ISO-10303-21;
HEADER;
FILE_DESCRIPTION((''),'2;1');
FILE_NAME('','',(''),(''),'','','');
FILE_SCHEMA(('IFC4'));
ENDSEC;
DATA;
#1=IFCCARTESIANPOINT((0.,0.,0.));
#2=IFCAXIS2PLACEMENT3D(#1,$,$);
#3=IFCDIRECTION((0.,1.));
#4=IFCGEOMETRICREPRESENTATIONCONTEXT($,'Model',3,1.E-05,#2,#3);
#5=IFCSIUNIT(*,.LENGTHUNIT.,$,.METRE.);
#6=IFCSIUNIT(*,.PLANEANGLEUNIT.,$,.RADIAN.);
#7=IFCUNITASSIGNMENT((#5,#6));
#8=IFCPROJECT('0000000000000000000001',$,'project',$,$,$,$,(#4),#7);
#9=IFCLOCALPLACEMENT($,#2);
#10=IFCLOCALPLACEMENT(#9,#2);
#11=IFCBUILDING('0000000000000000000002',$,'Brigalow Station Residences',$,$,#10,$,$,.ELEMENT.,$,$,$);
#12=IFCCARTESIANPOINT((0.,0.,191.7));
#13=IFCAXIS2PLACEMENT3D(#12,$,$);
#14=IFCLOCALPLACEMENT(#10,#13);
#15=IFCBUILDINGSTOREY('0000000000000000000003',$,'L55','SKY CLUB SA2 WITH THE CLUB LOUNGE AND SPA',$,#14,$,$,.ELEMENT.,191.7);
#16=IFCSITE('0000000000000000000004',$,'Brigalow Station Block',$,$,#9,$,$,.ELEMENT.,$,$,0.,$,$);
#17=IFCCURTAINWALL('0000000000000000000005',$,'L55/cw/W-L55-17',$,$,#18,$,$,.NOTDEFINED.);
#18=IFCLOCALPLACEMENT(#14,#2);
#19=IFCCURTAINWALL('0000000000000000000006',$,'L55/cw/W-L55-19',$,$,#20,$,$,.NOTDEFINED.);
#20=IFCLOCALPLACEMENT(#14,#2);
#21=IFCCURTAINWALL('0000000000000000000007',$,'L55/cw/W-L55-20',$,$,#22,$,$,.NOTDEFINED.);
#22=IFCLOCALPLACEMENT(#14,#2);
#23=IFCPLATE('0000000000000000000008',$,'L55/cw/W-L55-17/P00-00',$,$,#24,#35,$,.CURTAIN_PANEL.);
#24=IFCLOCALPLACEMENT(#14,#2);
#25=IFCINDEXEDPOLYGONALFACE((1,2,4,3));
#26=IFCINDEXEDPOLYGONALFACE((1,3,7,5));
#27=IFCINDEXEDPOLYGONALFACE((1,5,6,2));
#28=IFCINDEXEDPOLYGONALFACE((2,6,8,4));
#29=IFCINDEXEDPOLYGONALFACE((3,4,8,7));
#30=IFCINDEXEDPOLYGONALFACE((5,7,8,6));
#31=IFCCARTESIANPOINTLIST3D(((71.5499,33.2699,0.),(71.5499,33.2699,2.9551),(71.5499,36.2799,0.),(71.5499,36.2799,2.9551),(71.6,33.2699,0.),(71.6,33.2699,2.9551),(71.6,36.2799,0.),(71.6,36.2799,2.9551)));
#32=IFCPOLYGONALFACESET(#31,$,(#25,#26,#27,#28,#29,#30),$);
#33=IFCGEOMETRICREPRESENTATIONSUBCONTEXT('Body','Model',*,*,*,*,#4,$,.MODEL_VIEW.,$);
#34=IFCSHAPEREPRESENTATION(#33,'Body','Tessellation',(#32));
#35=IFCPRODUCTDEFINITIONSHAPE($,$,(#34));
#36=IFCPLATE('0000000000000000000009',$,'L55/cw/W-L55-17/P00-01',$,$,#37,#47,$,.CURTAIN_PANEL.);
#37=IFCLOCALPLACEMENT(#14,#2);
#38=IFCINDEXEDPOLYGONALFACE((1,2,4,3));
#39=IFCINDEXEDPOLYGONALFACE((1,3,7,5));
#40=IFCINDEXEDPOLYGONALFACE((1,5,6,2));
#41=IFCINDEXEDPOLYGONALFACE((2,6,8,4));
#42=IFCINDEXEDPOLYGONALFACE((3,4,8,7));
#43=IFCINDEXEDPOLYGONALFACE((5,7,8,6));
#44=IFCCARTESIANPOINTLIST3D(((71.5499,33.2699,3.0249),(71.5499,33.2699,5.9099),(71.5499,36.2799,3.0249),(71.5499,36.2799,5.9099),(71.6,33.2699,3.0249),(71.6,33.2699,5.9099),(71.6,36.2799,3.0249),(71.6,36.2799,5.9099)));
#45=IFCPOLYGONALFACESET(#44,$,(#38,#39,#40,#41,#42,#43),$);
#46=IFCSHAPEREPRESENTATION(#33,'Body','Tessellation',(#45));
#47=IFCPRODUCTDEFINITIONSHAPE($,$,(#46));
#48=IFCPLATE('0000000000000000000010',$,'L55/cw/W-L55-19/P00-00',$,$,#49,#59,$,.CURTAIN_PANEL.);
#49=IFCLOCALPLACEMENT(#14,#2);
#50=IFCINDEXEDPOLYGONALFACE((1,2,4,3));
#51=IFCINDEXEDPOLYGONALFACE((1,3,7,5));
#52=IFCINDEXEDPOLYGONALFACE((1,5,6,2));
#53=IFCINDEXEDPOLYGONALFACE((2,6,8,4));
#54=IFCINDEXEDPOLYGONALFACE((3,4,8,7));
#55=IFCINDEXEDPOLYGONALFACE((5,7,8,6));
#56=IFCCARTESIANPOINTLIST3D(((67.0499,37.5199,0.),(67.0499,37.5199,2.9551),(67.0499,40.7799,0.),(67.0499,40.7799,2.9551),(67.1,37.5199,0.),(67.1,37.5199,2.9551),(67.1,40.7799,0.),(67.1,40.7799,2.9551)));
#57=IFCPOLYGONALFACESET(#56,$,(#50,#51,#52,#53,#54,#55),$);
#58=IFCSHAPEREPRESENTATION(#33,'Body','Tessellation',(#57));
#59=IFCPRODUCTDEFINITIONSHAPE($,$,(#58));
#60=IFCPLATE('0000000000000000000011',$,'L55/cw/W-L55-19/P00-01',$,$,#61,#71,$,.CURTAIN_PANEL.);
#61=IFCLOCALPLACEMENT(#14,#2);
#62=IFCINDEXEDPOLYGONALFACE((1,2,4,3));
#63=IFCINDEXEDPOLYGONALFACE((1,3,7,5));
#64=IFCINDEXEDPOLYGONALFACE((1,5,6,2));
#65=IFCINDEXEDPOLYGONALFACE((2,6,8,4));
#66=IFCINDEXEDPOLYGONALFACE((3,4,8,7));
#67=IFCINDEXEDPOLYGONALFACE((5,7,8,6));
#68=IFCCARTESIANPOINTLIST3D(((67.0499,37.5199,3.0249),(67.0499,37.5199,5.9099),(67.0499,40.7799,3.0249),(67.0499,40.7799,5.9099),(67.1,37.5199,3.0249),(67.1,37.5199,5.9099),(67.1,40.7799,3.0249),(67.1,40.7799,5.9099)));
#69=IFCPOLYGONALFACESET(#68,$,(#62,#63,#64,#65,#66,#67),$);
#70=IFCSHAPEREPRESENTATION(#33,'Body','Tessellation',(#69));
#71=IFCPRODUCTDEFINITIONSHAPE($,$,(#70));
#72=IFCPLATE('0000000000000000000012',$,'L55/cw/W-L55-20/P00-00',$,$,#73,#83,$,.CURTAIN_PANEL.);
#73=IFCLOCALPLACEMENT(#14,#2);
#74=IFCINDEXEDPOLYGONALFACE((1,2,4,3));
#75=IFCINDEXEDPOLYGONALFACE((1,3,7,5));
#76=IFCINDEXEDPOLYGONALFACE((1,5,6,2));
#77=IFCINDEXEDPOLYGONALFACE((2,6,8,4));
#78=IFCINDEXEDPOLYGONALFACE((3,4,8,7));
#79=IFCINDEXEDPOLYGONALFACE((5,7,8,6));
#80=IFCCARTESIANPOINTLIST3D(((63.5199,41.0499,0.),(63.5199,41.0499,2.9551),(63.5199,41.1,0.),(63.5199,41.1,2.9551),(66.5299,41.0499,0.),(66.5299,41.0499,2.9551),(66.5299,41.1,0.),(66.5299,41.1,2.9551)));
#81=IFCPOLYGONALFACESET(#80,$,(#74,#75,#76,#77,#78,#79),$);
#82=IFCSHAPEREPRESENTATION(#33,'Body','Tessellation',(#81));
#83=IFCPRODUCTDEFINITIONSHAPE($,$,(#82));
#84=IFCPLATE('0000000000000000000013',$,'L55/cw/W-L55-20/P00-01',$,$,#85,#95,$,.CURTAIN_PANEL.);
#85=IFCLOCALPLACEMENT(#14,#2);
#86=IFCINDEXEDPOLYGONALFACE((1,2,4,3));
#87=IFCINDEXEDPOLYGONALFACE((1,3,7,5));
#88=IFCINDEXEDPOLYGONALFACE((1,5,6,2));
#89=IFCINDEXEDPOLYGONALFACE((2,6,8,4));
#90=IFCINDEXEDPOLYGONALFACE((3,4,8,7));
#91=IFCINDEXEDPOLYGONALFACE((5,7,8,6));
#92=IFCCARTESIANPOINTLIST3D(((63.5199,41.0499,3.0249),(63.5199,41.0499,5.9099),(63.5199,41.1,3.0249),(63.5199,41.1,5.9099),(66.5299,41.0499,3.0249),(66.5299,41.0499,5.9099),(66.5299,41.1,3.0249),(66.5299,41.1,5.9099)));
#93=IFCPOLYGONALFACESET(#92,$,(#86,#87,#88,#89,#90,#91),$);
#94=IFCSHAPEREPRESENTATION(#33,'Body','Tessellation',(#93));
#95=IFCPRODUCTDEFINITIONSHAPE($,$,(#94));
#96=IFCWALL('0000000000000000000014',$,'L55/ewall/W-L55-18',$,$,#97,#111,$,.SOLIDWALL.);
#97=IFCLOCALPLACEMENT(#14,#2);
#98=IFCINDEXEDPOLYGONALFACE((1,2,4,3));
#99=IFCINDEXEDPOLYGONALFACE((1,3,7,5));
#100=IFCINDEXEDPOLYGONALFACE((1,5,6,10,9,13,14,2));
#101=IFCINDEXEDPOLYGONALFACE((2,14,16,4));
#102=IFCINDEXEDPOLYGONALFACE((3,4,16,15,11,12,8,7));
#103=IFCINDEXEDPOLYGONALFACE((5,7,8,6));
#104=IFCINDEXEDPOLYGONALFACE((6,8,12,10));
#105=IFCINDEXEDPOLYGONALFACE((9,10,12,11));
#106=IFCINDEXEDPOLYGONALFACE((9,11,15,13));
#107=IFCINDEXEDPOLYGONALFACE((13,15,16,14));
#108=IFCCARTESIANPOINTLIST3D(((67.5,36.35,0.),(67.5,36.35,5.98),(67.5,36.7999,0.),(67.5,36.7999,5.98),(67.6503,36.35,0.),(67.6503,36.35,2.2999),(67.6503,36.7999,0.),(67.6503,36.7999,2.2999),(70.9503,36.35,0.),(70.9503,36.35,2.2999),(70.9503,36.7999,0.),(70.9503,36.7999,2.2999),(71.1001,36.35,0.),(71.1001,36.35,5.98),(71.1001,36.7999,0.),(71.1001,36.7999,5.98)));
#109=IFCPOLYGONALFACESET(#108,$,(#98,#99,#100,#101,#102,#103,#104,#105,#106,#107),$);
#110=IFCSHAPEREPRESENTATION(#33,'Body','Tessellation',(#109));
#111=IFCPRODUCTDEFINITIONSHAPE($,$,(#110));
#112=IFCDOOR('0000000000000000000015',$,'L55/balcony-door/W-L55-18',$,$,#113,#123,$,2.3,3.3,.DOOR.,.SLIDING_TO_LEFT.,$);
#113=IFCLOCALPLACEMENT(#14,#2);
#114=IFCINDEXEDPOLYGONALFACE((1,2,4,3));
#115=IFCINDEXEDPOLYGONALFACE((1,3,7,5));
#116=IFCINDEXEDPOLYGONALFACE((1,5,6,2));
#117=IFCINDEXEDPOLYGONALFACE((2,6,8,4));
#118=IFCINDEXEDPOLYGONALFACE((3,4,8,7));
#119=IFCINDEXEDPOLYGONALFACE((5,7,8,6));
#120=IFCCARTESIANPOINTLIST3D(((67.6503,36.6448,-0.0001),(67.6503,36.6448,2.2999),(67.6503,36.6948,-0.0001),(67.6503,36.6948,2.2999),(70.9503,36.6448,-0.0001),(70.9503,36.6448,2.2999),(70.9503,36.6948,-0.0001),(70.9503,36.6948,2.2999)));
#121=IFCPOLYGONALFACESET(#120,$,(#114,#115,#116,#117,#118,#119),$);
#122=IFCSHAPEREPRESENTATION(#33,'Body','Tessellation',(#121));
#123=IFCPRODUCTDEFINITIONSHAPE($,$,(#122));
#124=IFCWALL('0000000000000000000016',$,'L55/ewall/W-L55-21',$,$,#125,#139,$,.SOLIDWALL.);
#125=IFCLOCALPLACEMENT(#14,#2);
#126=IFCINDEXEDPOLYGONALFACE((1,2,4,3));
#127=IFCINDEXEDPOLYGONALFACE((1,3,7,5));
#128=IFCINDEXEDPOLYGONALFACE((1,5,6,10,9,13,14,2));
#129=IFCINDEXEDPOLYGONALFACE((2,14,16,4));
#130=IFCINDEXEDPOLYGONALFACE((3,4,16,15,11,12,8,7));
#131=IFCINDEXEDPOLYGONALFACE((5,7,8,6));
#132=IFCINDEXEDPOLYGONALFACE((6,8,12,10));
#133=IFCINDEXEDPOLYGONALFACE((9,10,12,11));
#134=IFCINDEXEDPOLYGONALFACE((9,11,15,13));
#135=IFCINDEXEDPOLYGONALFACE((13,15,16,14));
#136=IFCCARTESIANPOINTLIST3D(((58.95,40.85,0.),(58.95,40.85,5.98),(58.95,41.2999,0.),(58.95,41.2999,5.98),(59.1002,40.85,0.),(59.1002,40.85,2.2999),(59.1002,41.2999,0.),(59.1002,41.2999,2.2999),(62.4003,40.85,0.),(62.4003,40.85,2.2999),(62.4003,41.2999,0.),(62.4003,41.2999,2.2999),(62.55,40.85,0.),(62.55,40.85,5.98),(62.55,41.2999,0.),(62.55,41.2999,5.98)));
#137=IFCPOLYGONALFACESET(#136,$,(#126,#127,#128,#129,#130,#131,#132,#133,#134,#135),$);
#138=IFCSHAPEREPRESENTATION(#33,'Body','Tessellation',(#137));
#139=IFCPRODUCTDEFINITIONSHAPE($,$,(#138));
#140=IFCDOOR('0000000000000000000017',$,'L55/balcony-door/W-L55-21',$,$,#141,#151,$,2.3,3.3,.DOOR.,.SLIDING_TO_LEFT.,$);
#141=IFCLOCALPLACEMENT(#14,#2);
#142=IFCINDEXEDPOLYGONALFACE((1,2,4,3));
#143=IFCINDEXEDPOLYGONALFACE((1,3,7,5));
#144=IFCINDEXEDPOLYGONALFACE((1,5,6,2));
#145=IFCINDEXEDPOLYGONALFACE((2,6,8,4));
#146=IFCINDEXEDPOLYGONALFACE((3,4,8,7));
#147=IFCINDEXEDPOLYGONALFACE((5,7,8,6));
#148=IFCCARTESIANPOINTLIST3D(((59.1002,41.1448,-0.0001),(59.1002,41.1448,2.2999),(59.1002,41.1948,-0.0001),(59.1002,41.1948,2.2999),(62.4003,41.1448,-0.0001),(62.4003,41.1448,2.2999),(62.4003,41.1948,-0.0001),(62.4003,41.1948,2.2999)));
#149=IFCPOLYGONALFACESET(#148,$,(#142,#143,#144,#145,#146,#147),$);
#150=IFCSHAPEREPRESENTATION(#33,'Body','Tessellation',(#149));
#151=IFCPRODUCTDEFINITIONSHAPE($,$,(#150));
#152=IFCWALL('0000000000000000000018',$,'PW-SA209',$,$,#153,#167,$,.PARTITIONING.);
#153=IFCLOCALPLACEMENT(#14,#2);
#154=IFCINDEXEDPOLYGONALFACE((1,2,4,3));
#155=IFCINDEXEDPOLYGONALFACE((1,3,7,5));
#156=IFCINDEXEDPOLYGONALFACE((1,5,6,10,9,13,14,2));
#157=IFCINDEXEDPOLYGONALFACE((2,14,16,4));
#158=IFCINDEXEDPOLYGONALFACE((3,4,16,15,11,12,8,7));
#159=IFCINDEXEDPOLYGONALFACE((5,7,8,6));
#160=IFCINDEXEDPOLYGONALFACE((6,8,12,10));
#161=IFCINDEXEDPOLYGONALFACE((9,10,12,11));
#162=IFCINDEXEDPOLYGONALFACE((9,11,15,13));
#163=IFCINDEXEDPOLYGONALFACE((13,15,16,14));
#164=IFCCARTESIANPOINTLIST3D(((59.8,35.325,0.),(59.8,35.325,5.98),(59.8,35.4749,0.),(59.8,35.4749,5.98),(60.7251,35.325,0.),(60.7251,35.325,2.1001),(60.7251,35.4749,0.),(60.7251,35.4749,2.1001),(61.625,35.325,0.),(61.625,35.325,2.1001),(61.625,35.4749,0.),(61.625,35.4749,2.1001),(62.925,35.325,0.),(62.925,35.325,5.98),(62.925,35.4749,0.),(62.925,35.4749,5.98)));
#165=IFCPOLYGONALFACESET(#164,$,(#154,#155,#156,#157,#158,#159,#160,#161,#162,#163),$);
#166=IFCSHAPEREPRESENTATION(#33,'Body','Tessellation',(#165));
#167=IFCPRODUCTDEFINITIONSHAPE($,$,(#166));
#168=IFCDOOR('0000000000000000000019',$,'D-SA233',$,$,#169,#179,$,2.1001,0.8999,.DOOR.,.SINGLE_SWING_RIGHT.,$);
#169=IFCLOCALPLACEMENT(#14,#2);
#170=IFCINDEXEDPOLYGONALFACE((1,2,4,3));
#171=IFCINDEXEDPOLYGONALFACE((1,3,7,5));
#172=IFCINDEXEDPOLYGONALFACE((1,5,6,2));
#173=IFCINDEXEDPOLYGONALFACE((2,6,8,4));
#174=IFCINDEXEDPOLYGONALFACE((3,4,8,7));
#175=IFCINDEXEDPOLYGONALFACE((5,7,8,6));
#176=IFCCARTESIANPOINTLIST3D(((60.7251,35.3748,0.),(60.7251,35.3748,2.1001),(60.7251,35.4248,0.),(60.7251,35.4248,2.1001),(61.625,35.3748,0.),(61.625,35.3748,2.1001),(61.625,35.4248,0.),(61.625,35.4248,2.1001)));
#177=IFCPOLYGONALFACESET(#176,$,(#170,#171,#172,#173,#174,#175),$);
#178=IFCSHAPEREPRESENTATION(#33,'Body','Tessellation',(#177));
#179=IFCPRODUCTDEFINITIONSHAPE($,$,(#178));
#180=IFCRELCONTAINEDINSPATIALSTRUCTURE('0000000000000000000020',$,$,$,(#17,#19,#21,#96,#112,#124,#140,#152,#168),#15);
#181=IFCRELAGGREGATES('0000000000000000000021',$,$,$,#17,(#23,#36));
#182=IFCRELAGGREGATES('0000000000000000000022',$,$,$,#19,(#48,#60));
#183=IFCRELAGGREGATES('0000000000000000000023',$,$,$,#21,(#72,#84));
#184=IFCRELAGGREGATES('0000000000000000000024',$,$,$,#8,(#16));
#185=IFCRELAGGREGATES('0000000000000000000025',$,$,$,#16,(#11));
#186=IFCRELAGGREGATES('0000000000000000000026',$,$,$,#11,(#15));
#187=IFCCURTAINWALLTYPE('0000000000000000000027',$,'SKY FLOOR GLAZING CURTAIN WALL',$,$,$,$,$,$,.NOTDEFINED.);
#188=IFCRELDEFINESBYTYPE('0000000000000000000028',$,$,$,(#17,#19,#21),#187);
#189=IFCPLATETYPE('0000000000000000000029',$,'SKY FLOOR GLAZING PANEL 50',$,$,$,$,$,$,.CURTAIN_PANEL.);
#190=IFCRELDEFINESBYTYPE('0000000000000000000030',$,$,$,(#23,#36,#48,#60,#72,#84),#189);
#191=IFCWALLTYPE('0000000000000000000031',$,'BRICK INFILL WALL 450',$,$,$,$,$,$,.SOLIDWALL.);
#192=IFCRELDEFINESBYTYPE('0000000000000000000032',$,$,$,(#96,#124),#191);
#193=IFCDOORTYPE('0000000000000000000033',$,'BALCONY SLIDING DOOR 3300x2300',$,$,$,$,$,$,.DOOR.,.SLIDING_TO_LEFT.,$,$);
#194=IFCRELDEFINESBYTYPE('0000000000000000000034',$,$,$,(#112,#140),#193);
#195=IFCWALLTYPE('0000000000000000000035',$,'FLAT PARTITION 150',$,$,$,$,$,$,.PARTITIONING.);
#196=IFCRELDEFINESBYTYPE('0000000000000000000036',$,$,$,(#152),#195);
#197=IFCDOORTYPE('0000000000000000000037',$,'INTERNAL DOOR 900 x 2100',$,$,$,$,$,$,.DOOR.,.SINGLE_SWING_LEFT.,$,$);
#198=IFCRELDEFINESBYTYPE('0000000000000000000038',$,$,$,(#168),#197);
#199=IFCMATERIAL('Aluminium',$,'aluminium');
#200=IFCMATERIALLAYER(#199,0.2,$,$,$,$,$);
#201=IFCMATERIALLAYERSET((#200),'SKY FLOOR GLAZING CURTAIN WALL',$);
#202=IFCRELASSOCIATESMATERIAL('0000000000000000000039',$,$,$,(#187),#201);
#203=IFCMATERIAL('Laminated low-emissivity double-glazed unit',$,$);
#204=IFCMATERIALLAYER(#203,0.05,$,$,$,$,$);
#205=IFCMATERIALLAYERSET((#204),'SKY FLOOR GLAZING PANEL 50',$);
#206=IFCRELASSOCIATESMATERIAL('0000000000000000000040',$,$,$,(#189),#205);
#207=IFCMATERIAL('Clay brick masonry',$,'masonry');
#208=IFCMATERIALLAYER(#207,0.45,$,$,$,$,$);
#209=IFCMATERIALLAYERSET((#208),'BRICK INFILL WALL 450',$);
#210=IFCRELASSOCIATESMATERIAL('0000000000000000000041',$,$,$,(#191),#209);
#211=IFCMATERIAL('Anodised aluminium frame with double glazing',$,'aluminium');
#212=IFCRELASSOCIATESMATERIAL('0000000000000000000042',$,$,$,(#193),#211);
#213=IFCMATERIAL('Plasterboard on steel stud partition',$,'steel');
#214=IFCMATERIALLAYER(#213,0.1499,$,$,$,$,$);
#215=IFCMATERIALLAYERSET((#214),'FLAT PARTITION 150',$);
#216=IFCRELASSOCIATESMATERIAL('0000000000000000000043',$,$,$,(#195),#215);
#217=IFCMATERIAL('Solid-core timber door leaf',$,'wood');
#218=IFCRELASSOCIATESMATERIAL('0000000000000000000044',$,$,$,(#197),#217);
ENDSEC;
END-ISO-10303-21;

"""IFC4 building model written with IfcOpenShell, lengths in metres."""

from ifc_helpers import new_model, si_unit, direction, frame, frame_2d, origin, origin_2d, place, context, subcontext, project, spatial, rectangle, extrude, material, layer, layer_set, type_object, element, fill, aggregate, save


model = new_model("IFC4")

# Units and contexts
model_context = context("Model", 3, precision=1e-05, world=origin(), true_north=direction((0.0, 1.0)))
body_context = subcontext(model_context, "Body", "Model", "MODEL_VIEW")
ifc_project = project(units=[si_unit("LENGTHUNIT", "METRE"), si_unit("PLANEANGLEUNIT", "RADIAN")], contexts=[model_context])

# Site, building, storey
site_placement = place(None, origin())
site = spatial("IfcSite", under=ifc_project, at=site_placement, Name="Brigalow Station Block", CompositionType="ELEMENT", RefElevation=0.0)
building_placement = place(site_placement, origin())
building = spatial("IfcBuilding", under=site, at=building_placement, Name="Brigalow Station Residences", CompositionType="ELEMENT")
storey_placement = place(building_placement, frame((0.0, 0.0, 191.7)))
storey = spatial("IfcBuildingStorey", under=building, at=storey_placement, Name="L55", Description="SKY CLUB SA2 WITH THE CLUB LOUNGE AND SPA", CompositionType="ELEMENT", Elevation=191.7)

# Curtain wall
ifc_material_1 = material(Name="Aluminium", Category="aluminium")
ifc_layer_1 = layer(ifc_material_1, 0.2)
ifc_layer_set_1 = layer_set([ifc_layer_1], Name="SKY FLOOR GLAZING CURTAIN WALL")
curtain_wall_type = type_object("IfcCurtainWallType", Name="SKY FLOOR GLAZING CURTAIN WALL", PredefinedType="NOTDEFINED", material=ifc_layer_set_1)
curtain_wall_1_placement = place(storey_placement, origin())
curtain_wall_1 = element("IfcCurtainWall", 1, at=curtain_wall_1_placement, inside=storey, type_object=curtain_wall_type, Name="L55/cw/W-L55-17", PredefinedType="NOTDEFINED")

# Curtain walls
curtain_wall_2_placement = place(storey_placement, origin())
curtain_wall_2 = element("IfcCurtainWall", 2, at=curtain_wall_2_placement, inside=storey, type_object=curtain_wall_type, Name="L55/cw/W-L55-19", PredefinedType="NOTDEFINED")
curtain_wall_3_placement = place(storey_placement, origin())
curtain_wall_3 = element("IfcCurtainWall", 3, at=curtain_wall_3_placement, inside=storey, type_object=curtain_wall_type, Name="L55/cw/W-L55-20", PredefinedType="NOTDEFINED")

# Plates
ifc_material_2 = material(Name="Laminated low-emissivity double-glazed unit")
ifc_layer_2 = layer(ifc_material_2, 0.05)
ifc_layer_set_2 = layer_set([ifc_layer_2], Name="SKY FLOOR GLAZING PANEL 50")
plate_type = type_object("IfcPlateType", Name="SKY FLOOR GLAZING PANEL 50", PredefinedType="CURTAIN_PANEL", material=ifc_layer_set_2)
plate_1_placement = place(storey_placement, frame((71.575, 34.7749, 0.0), z_axis=(0.0, 0.0, 1.0), x_axis=(0.0, 1.0, 0.0)))
plate_1 = element("IfcPlate", 4, at=plate_1_placement, type_object=plate_type, Name="L55/cw/W-L55-17/P00-00", PredefinedType="CURTAIN_PANEL", context=body_context, shape_type="SweptSolid", body=[
    extrude(rectangle(XDim=3.01, YDim=0.05, at=origin_2d()), origin(), (0.0, 0.0, 1.0), 2.9551),
])
plate_2_placement = place(storey_placement, frame((71.575, 34.7749, 3.0249), z_axis=(0.0, 0.0, 1.0), x_axis=(0.0, 1.0, 0.0)))
plate_2 = element("IfcPlate", 5, at=plate_2_placement, type_object=plate_type, Name="L55/cw/W-L55-17/P00-01", PredefinedType="CURTAIN_PANEL", context=body_context, shape_type="SweptSolid", body=[
    extrude(rectangle(XDim=3.01, YDim=0.05, at=origin_2d()), origin(), (0.0, 0.0, 1.0), 2.885),
])
aggregate(curtain_wall_1, [plate_1, plate_2])
plate_3_placement = place(storey_placement, frame((67.075, 39.1499, 0.0), z_axis=(0.0, 0.0, 1.0), x_axis=(0.0, 1.0, 0.0)))
plate_3 = element("IfcPlate", 6, at=plate_3_placement, type_object=plate_type, Name="L55/cw/W-L55-19/P00-00", PredefinedType="CURTAIN_PANEL", context=body_context, shape_type="SweptSolid", body=[
    extrude(rectangle(XDim=3.26, YDim=0.05, at=origin_2d()), origin(), (0.0, 0.0, 1.0), 2.9551),
])
plate_4_placement = place(storey_placement, frame((67.075, 39.1499, 3.0249), z_axis=(0.0, 0.0, 1.0), x_axis=(0.0, 1.0, 0.0)))
plate_4 = element("IfcPlate", 7, at=plate_4_placement, type_object=plate_type, Name="L55/cw/W-L55-19/P00-01", PredefinedType="CURTAIN_PANEL", context=body_context, shape_type="SweptSolid", body=[
    extrude(rectangle(XDim=3.26, YDim=0.05, at=origin_2d()), origin(), (0.0, 0.0, 1.0), 2.885),
])
aggregate(curtain_wall_2, [plate_3, plate_4])
plate_5_placement = place(storey_placement, frame((65.0249, 41.075, 0.0), z_axis=(0.0, 0.0, 1.0), x_axis=(-1.0, 0.0, 0.0)))
plate_5 = element("IfcPlate", 8, at=plate_5_placement, type_object=plate_type, Name="L55/cw/W-L55-20/P00-00", PredefinedType="CURTAIN_PANEL", context=body_context, shape_type="SweptSolid", body=[
    extrude(rectangle(XDim=3.01, YDim=0.05, at=origin_2d()), origin(), (0.0, 0.0, 1.0), 2.9551),
])
plate_6_placement = place(storey_placement, frame((65.0249, 41.075, 3.0249), z_axis=(0.0, 0.0, 1.0), x_axis=(-1.0, 0.0, 0.0)))
plate_6 = element("IfcPlate", 9, at=plate_6_placement, type_object=plate_type, Name="L55/cw/W-L55-20/P00-01", PredefinedType="CURTAIN_PANEL", context=body_context, shape_type="SweptSolid", body=[
    extrude(rectangle(XDim=3.01, YDim=0.05, at=origin_2d()), origin(), (0.0, 0.0, 1.0), 2.885),
])
aggregate(curtain_wall_3, [plate_5, plate_6])

# Walls, openings, doors
ifc_material_3 = material(Name="Clay brick masonry", Category="masonry")
ifc_layer_3 = layer(ifc_material_3, 0.45)
ifc_layer_set_3 = layer_set([ifc_layer_3], Name="BRICK INFILL WALL 450")
wall_type_1 = type_object("IfcWallType", Name="BRICK INFILL WALL 450", PredefinedType="SOLIDWALL", material=ifc_layer_set_3)
wall_1_placement = place(storey_placement, frame((71.1001, 36.575, 0.0), z_axis=(0.0, 0.0, 1.0), x_axis=(-1.0, 0.0, 0.0)))
wall_1 = element("IfcWall", 10, at=wall_1_placement, inside=storey, type_object=wall_type_1, Name="L55/ewall/W-L55-18", PredefinedType="SOLIDWALL", context=body_context, shape_type="SweptSolid", body=[
    extrude(rectangle(XDim=3.6001, YDim=0.45, at=frame_2d((1.8, 0.0))), origin(), (0.0, 0.0, 1.0), 5.98),
])
opening_1_placement = place(wall_1_placement, frame((0.1499, 0.0, 0.0)))
opening_1 = element("IfcOpeningElement", 11, at=opening_1_placement, cuts=wall_1, PredefinedType="OPENING", context=body_context, shape_type="SweptSolid", body=[
    extrude(rectangle(XDim=3.3, YDim=2.3, at=frame_2d((1.6499, 1.1499))), frame((0.0, 0.2349, 0.0), z_axis=(0.0, -1.0, 0.0), x_axis=(1.0, 0.0, 0.0)), (0.0, 0.0, 1.0), 0.47),
])
ifc_material_4 = material(Name="Anodised aluminium frame with double glazing", Category="aluminium")
door_type_1 = type_object("IfcDoorType", Name="BALCONY SLIDING DOOR 3300x2300", OperationType="SLIDING_TO_LEFT", PredefinedType="DOOR", material=ifc_material_4)
door_1_placement = place(opening_1_placement, origin())
door_1 = element("IfcDoor", 12, at=door_1_placement, inside=storey, type_object=door_type_1, Name="L55/balcony-door/W-L55-18", OperationType="SLIDING_TO_LEFT", OverallHeight=2.3, OverallWidth=3.3, PredefinedType="DOOR", context=body_context, shape_type="SweptSolid", body=[
    extrude(rectangle(XDim=3.3, YDim=2.3, at=frame_2d((1.6499, 1.1499))), frame((0.0, -0.0698, 0.0), z_axis=(0.0, -1.0, 0.0), x_axis=(1.0, 0.0, 0.0)), (0.0, 0.0, 1.0), 0.05),
])
fill(opening_1, door_1)
wall_2_placement = place(storey_placement, frame((62.55, 41.075, 0.0), z_axis=(0.0, 0.0, 1.0), x_axis=(-1.0, 0.0, 0.0)))
wall_2 = element("IfcWall", 13, at=wall_2_placement, inside=storey, type_object=wall_type_1, Name="L55/ewall/W-L55-21", PredefinedType="SOLIDWALL", context=body_context, shape_type="SweptSolid", body=[
    extrude(rectangle(XDim=3.6001, YDim=0.45, at=frame_2d((1.8, 0.0))), origin(), (0.0, 0.0, 1.0), 5.98),
])
opening_2_placement = place(wall_2_placement, frame((0.1499, 0.0, 0.0)))
opening_2 = element("IfcOpeningElement", 14, at=opening_2_placement, cuts=wall_2, PredefinedType="OPENING", context=body_context, shape_type="SweptSolid", body=[
    extrude(rectangle(XDim=3.3, YDim=2.3, at=frame_2d((1.6499, 1.1499))), frame((0.0, 0.2349, 0.0), z_axis=(0.0, -1.0, 0.0), x_axis=(1.0, 0.0, 0.0)), (0.0, 0.0, 1.0), 0.47),
])
door_2_placement = place(opening_2_placement, origin())
door_2 = element("IfcDoor", 15, at=door_2_placement, inside=storey, type_object=door_type_1, Name="L55/balcony-door/W-L55-21", OperationType="SLIDING_TO_LEFT", OverallHeight=2.3, OverallWidth=3.3, PredefinedType="DOOR", context=body_context, shape_type="SweptSolid", body=[
    extrude(rectangle(XDim=3.3, YDim=2.3, at=frame_2d((1.6499, 1.1499))), frame((0.0, -0.0698, 0.0), z_axis=(0.0, -1.0, 0.0), x_axis=(1.0, 0.0, 0.0)), (0.0, 0.0, 1.0), 0.05),
])
fill(opening_2, door_2)
ifc_material_5 = material(Name="Plasterboard on steel stud partition", Category="steel")
ifc_layer_4 = layer(ifc_material_5, 0.1499)
ifc_layer_set_4 = layer_set([ifc_layer_4], Name="FLAT PARTITION 150")
wall_type_2 = type_object("IfcWallType", Name="FLAT PARTITION 150", PredefinedType="PARTITIONING", material=ifc_layer_set_4)
wall_3_placement = place(storey_placement, frame((59.8, 35.3999, 0.0), z_axis=(0.0, 0.0, 1.0), x_axis=(1.0, 0.0, 0.0)))
wall_3 = element("IfcWall", 16, at=wall_3_placement, inside=storey, type_object=wall_type_2, Name="PW-SA209", PredefinedType="PARTITIONING", context=body_context, shape_type="SweptSolid", body=[
    extrude(rectangle(XDim=3.125, YDim=0.1499, at=frame_2d((1.5625, 0.0))), origin(), (0.0, 0.0, 1.0), 5.98),
])
opening_3_placement = place(wall_3_placement, frame((0.925, 0.0, 0.0)))
opening_3 = element("IfcOpeningElement", 17, at=opening_3_placement, cuts=wall_3, PredefinedType="OPENING", context=body_context, shape_type="SweptSolid", body=[
    extrude(rectangle(XDim=0.8999, YDim=2.1001, at=frame_2d((0.45, 1.05))), frame((0.0, 0.085, 0.0), z_axis=(0.0, -1.0, 0.0), x_axis=(1.0, 0.0, 0.0)), (0.0, 0.0, 1.0), 0.1699),
])
ifc_material_6 = material(Name="Solid-core timber door leaf", Category="wood")
door_type_2 = type_object("IfcDoorType", Name="INTERNAL DOOR 900 x 2100", OperationType="SINGLE_SWING_LEFT", PredefinedType="DOOR", material=ifc_material_6)
door_3_placement = place(opening_3_placement, origin())
door_3 = element("IfcDoor", 18, at=door_3_placement, inside=storey, type_object=door_type_2, Name="D-SA233", OperationType="SINGLE_SWING_RIGHT", OverallHeight=2.1001, OverallWidth=0.8999, PredefinedType="DOOR", context=body_context, shape_type="SweptSolid", body=[
    extrude(rectangle(XDim=0.8999, YDim=2.1001, at=frame_2d((0.45, 1.05))), frame((0.0, 0.0249, 0.0), z_axis=(0.0, -1.0, 0.0), x_axis=(1.0, 0.0, 0.0)), (0.0, 0.0, 1.0), 0.05),
])
fill(opening_3, door_3)

save(model, "model.ifc")
